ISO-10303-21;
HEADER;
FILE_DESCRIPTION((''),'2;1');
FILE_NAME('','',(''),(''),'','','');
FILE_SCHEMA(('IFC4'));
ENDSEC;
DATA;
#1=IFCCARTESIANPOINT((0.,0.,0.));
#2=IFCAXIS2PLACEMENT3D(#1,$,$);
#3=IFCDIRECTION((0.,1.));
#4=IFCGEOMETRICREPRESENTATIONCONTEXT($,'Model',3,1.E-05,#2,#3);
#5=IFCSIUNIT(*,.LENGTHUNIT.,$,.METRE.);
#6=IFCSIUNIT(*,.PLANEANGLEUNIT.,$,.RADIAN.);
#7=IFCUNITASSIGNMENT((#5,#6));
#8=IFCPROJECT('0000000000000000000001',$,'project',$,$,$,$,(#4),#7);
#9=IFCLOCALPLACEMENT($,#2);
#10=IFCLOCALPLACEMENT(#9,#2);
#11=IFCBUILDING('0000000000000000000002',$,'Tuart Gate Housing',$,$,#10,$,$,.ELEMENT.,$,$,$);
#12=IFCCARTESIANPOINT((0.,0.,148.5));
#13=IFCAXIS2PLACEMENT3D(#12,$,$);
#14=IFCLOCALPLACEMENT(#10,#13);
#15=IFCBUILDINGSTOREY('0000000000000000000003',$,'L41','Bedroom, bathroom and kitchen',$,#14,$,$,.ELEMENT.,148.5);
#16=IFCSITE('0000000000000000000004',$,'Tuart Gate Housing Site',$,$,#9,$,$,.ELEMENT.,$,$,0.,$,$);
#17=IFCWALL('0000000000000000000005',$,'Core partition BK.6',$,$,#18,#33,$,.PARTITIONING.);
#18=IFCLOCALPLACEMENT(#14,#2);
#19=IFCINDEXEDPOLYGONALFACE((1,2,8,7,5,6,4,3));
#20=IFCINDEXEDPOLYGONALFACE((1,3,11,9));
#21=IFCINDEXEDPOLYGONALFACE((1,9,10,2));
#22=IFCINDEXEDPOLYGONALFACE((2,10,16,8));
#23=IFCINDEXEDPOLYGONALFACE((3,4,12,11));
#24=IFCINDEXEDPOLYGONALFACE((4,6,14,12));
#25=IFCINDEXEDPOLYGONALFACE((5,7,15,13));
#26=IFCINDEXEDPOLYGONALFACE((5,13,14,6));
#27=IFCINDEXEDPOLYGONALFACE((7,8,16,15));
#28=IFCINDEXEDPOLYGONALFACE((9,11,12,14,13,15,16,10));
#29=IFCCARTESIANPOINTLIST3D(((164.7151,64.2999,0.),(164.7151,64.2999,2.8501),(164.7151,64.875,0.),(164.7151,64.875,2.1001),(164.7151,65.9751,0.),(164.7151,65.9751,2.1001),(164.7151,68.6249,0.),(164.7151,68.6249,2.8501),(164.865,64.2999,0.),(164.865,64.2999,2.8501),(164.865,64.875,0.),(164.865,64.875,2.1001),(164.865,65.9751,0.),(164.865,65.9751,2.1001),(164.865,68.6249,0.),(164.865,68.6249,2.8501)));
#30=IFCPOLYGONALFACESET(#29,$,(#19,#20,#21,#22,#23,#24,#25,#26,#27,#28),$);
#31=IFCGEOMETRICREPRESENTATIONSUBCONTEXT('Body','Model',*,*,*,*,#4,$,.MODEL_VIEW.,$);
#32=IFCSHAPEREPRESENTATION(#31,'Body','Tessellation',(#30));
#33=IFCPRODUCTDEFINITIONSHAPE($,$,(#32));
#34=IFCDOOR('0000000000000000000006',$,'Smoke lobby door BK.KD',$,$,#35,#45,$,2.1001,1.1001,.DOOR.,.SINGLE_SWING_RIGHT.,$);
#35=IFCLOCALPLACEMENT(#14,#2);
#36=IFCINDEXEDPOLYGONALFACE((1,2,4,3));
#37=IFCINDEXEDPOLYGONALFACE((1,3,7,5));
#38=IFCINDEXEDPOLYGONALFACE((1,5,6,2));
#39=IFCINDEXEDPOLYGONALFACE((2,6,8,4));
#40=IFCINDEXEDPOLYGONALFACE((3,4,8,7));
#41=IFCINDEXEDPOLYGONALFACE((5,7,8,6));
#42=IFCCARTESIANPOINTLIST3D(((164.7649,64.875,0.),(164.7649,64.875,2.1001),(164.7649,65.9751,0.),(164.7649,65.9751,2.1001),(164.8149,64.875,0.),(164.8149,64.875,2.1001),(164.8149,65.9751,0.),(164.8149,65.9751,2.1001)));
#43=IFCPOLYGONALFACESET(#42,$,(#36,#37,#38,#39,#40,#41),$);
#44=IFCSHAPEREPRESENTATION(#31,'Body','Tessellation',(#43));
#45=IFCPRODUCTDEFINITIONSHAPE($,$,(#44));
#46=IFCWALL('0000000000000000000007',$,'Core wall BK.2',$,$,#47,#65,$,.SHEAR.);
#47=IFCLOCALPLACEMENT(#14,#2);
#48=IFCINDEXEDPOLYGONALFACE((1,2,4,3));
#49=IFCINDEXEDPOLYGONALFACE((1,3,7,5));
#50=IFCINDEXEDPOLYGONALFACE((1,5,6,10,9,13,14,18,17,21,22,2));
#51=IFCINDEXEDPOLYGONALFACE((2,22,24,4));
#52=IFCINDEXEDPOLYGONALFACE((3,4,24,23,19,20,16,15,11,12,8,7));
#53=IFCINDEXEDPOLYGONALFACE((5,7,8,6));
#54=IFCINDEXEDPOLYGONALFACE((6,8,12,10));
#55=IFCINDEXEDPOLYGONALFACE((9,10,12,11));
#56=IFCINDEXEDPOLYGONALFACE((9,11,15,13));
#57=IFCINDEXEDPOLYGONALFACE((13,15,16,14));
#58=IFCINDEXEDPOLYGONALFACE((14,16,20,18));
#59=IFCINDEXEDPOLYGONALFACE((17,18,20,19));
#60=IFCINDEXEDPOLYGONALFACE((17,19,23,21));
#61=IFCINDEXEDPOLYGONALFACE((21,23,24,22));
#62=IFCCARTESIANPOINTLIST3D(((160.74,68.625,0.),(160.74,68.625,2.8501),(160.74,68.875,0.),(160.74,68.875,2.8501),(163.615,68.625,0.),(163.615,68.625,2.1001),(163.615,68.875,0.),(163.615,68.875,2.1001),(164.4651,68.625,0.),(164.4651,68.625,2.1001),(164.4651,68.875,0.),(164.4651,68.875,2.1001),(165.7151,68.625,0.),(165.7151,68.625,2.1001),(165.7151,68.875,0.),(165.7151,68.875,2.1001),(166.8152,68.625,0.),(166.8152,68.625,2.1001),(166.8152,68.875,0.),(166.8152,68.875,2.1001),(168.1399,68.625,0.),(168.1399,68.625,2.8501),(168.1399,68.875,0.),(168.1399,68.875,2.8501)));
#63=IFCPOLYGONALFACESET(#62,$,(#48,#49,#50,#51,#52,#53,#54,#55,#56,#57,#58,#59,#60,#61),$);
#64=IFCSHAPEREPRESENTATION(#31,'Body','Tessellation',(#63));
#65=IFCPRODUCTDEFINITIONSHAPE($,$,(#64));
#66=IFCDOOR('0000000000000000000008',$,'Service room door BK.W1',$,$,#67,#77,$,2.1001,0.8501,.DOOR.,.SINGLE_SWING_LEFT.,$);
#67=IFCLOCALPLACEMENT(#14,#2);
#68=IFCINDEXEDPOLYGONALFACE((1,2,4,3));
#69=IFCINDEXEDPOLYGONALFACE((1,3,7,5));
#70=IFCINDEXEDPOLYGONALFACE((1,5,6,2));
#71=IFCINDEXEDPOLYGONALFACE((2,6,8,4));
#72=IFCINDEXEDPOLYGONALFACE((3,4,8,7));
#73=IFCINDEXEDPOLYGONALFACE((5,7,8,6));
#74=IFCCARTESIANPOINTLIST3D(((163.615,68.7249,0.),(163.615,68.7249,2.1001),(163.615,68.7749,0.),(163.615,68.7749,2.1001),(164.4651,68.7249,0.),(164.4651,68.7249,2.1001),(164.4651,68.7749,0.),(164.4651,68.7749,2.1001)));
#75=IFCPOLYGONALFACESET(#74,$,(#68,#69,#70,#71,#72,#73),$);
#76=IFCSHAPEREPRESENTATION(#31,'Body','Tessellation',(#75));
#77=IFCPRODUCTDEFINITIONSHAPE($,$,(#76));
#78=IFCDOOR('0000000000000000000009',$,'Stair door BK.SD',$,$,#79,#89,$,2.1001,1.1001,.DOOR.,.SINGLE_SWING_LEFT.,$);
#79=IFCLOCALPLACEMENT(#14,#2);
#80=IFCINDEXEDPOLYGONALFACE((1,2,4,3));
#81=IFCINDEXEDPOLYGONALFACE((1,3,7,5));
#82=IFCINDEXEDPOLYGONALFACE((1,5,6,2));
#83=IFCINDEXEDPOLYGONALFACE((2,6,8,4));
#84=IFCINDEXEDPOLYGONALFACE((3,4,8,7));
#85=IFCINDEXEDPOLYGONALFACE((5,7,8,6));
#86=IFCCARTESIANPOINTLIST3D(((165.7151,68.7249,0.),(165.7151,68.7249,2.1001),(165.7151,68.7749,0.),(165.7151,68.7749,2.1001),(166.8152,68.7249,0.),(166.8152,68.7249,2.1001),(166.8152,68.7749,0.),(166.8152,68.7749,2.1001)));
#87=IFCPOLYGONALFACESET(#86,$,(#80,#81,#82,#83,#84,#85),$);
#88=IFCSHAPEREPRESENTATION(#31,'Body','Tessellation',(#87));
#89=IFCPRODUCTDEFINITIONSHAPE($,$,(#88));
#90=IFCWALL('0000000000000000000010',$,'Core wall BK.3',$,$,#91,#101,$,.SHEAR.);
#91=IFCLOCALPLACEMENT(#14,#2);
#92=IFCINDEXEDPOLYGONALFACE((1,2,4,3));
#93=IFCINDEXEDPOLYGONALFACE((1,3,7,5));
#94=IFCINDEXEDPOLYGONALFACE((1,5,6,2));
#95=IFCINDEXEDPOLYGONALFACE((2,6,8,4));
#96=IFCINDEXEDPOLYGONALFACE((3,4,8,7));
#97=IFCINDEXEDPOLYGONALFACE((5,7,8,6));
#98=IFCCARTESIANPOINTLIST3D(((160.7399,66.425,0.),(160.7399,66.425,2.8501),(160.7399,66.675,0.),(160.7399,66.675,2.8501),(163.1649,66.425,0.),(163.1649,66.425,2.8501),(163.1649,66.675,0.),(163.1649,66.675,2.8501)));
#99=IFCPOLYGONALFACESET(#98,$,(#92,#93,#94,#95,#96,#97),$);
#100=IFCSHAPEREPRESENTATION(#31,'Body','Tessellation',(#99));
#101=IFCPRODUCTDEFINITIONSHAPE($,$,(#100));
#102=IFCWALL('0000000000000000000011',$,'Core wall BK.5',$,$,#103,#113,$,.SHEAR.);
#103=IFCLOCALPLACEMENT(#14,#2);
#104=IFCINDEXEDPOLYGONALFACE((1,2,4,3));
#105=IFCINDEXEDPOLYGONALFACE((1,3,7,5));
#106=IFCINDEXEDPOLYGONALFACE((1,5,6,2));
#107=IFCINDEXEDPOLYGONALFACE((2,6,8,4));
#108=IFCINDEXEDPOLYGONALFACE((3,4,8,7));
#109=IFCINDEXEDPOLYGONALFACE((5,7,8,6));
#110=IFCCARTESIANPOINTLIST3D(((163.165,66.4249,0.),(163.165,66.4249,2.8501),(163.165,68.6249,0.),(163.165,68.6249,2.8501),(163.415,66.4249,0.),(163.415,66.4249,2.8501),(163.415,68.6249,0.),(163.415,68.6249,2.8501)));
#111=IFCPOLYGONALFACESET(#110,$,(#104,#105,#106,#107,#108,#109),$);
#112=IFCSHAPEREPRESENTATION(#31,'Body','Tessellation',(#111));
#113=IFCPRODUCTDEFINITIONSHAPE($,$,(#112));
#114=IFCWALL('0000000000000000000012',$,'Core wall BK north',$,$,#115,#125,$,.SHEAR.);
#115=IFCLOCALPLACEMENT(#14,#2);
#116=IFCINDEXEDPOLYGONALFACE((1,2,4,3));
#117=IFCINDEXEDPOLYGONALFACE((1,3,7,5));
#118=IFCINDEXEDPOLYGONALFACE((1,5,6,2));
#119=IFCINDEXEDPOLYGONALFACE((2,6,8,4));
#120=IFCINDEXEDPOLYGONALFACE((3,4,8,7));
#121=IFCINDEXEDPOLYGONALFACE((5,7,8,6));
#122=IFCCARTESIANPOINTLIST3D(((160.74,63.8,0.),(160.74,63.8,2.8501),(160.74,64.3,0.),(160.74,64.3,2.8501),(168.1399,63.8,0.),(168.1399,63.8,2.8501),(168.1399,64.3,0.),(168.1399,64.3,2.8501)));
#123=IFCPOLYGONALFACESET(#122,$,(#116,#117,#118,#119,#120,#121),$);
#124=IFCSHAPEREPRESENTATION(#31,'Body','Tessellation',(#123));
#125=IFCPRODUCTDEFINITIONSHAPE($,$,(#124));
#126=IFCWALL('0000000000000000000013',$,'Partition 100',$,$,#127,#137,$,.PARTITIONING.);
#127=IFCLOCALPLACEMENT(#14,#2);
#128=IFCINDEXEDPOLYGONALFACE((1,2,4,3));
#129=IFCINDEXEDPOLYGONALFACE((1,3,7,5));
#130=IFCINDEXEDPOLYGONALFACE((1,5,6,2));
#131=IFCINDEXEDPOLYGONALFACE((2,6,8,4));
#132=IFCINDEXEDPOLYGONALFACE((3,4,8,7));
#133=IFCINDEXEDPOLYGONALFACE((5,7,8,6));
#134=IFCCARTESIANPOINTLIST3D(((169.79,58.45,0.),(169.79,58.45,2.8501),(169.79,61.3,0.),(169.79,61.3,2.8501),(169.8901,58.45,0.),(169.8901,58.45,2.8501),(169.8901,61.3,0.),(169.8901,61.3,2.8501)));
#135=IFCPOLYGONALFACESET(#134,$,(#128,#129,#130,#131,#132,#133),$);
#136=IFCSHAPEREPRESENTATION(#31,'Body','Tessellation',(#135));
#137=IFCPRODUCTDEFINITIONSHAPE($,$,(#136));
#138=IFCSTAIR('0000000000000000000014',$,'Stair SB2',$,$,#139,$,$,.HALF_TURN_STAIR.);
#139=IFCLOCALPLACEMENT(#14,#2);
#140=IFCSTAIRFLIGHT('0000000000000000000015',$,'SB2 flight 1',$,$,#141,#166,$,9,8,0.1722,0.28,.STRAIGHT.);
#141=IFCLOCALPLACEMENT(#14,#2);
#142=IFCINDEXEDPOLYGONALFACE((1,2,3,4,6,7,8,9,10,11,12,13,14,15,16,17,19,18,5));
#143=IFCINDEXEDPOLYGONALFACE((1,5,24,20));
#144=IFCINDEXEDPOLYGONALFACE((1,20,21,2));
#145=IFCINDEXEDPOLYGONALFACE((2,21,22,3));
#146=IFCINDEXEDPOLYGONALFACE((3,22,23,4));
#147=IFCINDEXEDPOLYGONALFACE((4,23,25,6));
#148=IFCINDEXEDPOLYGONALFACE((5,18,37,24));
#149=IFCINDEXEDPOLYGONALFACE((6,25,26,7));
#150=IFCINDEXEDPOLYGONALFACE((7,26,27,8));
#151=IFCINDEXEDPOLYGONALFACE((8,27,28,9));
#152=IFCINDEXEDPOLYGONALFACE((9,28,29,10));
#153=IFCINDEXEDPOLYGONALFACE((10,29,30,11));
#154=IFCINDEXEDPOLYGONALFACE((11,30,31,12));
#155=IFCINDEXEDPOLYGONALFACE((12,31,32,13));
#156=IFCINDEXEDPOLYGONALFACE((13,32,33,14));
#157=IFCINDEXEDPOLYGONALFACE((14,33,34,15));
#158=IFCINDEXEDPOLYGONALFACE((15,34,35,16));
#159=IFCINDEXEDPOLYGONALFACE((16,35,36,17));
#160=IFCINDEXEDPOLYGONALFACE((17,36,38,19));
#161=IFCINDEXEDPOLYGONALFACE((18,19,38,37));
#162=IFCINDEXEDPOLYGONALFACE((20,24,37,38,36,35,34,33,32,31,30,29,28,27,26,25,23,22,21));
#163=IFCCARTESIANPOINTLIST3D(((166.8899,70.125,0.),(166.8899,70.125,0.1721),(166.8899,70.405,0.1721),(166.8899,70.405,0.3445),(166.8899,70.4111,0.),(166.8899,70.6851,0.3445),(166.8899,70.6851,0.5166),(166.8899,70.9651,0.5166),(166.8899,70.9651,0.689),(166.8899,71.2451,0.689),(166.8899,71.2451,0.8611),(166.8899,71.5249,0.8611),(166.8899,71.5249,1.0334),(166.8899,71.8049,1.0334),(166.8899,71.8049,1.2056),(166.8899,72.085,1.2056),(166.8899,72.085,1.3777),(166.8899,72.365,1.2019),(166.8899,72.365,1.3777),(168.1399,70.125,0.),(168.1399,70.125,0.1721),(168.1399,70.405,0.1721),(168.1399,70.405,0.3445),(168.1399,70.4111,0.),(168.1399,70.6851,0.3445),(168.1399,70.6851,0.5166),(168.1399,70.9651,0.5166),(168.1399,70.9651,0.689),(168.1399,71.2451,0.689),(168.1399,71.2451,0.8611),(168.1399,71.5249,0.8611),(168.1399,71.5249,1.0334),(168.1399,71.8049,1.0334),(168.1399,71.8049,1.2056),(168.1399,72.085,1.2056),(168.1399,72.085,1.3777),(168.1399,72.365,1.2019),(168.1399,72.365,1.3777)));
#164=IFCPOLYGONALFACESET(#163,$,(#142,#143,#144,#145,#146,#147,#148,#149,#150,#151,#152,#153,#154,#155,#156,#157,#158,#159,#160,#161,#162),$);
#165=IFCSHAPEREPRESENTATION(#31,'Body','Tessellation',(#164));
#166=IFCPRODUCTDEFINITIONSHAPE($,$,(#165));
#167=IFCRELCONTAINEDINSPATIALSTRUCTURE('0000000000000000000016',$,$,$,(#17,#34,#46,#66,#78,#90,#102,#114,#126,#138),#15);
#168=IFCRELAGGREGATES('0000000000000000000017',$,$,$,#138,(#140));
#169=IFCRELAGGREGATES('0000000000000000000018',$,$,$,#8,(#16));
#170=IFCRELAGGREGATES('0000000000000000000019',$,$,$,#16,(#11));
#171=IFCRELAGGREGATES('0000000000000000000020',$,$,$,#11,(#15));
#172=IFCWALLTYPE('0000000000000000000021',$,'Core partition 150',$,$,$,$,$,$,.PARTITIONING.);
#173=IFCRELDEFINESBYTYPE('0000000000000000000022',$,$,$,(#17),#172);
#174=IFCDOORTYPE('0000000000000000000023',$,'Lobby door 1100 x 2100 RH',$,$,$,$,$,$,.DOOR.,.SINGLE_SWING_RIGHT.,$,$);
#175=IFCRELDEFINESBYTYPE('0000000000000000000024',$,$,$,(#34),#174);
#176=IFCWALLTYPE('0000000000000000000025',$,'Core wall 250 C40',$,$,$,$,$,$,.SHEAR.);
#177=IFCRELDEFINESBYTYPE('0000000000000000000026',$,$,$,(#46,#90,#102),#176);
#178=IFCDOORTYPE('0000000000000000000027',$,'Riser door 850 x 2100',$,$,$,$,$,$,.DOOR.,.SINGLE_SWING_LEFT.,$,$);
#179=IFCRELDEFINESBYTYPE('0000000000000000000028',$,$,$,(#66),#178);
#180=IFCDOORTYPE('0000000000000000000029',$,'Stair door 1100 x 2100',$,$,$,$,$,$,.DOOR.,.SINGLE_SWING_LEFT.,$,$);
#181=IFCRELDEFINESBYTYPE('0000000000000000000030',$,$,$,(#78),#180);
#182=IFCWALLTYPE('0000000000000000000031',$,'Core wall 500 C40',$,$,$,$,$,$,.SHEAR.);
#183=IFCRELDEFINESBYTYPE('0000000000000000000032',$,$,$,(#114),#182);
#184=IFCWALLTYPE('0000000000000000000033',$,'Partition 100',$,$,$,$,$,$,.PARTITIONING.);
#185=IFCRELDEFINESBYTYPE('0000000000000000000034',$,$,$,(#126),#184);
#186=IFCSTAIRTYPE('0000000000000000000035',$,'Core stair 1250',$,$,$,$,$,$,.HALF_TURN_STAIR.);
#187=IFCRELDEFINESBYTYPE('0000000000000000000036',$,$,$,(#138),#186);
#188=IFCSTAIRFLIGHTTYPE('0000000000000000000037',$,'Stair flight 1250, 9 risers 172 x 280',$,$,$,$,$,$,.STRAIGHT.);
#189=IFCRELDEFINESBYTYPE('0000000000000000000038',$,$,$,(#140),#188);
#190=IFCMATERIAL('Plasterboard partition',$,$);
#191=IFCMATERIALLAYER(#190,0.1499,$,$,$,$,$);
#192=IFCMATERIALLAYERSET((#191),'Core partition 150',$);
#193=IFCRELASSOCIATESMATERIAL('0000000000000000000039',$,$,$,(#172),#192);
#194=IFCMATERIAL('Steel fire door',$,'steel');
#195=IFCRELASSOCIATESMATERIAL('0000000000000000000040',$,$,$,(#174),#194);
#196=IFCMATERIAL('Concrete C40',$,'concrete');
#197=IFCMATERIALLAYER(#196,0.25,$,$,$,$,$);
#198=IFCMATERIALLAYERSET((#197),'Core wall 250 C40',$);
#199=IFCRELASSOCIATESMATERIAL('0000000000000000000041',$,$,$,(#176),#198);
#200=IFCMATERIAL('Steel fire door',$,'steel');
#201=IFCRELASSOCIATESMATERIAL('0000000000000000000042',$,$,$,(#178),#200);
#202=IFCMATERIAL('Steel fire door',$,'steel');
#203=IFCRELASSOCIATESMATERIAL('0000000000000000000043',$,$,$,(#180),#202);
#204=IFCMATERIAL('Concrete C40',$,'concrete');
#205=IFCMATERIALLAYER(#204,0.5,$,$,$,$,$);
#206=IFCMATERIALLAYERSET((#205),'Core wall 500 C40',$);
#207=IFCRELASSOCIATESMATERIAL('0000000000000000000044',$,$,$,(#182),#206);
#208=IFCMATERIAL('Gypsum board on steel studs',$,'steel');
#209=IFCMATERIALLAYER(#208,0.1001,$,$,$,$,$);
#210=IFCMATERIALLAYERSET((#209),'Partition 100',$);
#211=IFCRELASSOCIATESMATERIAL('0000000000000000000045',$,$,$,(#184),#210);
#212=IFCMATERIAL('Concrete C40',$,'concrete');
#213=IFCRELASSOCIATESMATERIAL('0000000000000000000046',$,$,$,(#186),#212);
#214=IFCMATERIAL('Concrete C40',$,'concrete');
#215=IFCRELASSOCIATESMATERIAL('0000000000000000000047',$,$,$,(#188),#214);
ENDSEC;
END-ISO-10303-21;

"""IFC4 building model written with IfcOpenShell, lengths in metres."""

from ifc_helpers import new_model, si_unit, direction, frame, frame_2d, origin, place, context, subcontext, project, spatial, polyline, rectangle, outline, extrude, material, layer, layer_set, type_object, element, fill, aggregate, save


model = new_model("IFC4")

# Units and contexts
model_context = context("Model", 3, precision=1e-05, world=origin(), true_north=direction((0.0, 1.0)))
body_context = subcontext(model_context, "Body", "Model", "MODEL_VIEW")
ifc_project = project(units=[si_unit("LENGTHUNIT", "METRE"), si_unit("PLANEANGLEUNIT", "RADIAN")], contexts=[model_context])

# Site, building, storey
site_placement = place(None, origin())
site = spatial("IfcSite", under=ifc_project, at=site_placement, Name="Tuart Gate Housing Site", CompositionType="ELEMENT", RefElevation=0.0)
building_placement = place(site_placement, origin())
building = spatial("IfcBuilding", under=site, at=building_placement, Name="Tuart Gate Housing", CompositionType="ELEMENT")
storey_placement = place(building_placement, frame((0.0, 0.0, 148.5)))
storey = spatial("IfcBuildingStorey", under=building, at=storey_placement, Name="L41", Description="Bedroom, bathroom and kitchen", CompositionType="ELEMENT", Elevation=148.5)

# Wall, opening, door
ifc_material_1 = material(Name="Plasterboard partition")
ifc_layer_1 = layer(ifc_material_1, 0.1499)
ifc_layer_set_1 = layer_set([ifc_layer_1], Name="Core partition 150")
wall_type_1 = type_object("IfcWallType", Name="Core partition 150", PredefinedType="PARTITIONING", material=ifc_layer_set_1)
wall_1_placement = place(storey_placement, frame((164.79, 68.625, 0.0), z_axis=(0.0, 0.0, 1.0), x_axis=(0.0, -1.0, 0.0)))
wall_1 = element("IfcWall", 1, at=wall_1_placement, inside=storey, type_object=wall_type_1, Name="Core partition BK.6", PredefinedType="PARTITIONING", context=body_context, shape_type="SweptSolid", body=[
    extrude(rectangle(XDim=4.325, YDim=0.1499, at=frame_2d((2.1626, 0.0))), origin(), (0.0, 0.0, 1.0), 2.8501),
])
opening_1_placement = place(wall_1_placement, frame((2.6499, 0.0, 0.0)))
opening_1 = element("IfcOpeningElement", 2, at=opening_1_placement, cuts=wall_1, PredefinedType="OPENING", context=body_context, shape_type="SweptSolid", body=[
    extrude(rectangle(XDim=1.1001, YDim=2.1001, at=frame_2d((0.55, 1.05))), frame((0.0, 0.085, 0.0), z_axis=(0.0, -1.0, 0.0), x_axis=(1.0, 0.0, 0.0)), (0.0, 0.0, 1.0), 0.1699),
])
ifc_material_2 = material(Name="Steel fire door", Category="steel")
door_type_1 = type_object("IfcDoorType", Name="Lobby door 1100 x 2100 RH", OperationType="SINGLE_SWING_RIGHT", PredefinedType="DOOR", material=ifc_material_2)
door_1_placement = place(opening_1_placement, origin())
door_1 = element("IfcDoor", 3, at=door_1_placement, inside=storey, type_object=door_type_1, Name="Smoke lobby door BK.KD", OperationType="SINGLE_SWING_RIGHT", OverallHeight=2.1001, OverallWidth=1.1001, PredefinedType="DOOR", context=body_context, shape_type="SweptSolid", body=[
    extrude(rectangle(XDim=1.1001, YDim=2.1001, at=frame_2d((0.55, 1.05))), frame((0.0, 0.0249, 0.0), z_axis=(0.0, -1.0, 0.0), x_axis=(1.0, 0.0, 0.0)), (0.0, 0.0, 1.0), 0.05),
])
fill(opening_1, door_1)

# Wall, openings, doors
ifc_material_3 = material(Name="Concrete C40", Category="concrete")
ifc_layer_2 = layer(ifc_material_3, 0.25)
ifc_layer_set_2 = layer_set([ifc_layer_2], Name="Core wall 250 C40")
wall_type_2 = type_object("IfcWallType", Name="Core wall 250 C40", PredefinedType="SHEAR", material=ifc_layer_set_2)
wall_2_placement = place(storey_placement, frame((160.74, 68.75, 0.0), z_axis=(0.0, 0.0, 1.0), x_axis=(1.0, 0.0, 0.0)))
wall_2 = element("IfcWall", 4, at=wall_2_placement, inside=storey, type_object=wall_type_2, Name="Core wall BK.2", PredefinedType="SHEAR", context=body_context, shape_type="SweptSolid", body=[
    extrude(rectangle(XDim=7.3999, YDim=0.25, at=frame_2d((3.7, 0.0))), origin(), (0.0, 0.0, 1.0), 2.8501),
])
opening_2_placement = place(wall_2_placement, frame((4.9751, 0.0, 0.0)))
opening_2 = element("IfcOpeningElement", 5, at=opening_2_placement, cuts=wall_2, PredefinedType="OPENING", context=body_context, shape_type="SweptSolid", body=[
    extrude(rectangle(XDim=1.1001, YDim=2.1001, at=frame_2d((0.55, 1.05))), frame((0.0, 0.135, 0.0), z_axis=(0.0, -1.0, 0.0), x_axis=(1.0, 0.0, 0.0)), (0.0, 0.0, 1.0), 0.27),
])
opening_3_placement = place(wall_2_placement, frame((2.875, 0.0, 0.0)))
opening_3 = element("IfcOpeningElement", 6, at=opening_3_placement, cuts=wall_2, PredefinedType="OPENING", context=body_context, shape_type="SweptSolid", body=[
    extrude(rectangle(XDim=0.8501, YDim=2.1001, at=frame_2d((0.425, 1.05))), frame((0.0, 0.135, 0.0), z_axis=(0.0, -1.0, 0.0), x_axis=(1.0, 0.0, 0.0)), (0.0, 0.0, 1.0), 0.27),
])
ifc_material_4 = material(Name="Steel fire door", Category="steel")
door_type_2 = type_object("IfcDoorType", Name="Riser door 850 x 2100", OperationType="SINGLE_SWING_LEFT", PredefinedType="DOOR", material=ifc_material_4)
door_2_placement = place(opening_3_placement, origin())
door_2 = element("IfcDoor", 7, at=door_2_placement, inside=storey, type_object=door_type_2, Name="Service room door BK.W1", OperationType="SINGLE_SWING_LEFT", OverallHeight=2.1001, OverallWidth=0.8501, PredefinedType="DOOR", context=body_context, shape_type="SweptSolid", body=[
    extrude(rectangle(XDim=0.8501, YDim=2.1001, at=frame_2d((0.425, 1.05))), frame((0.0, 0.0249, 0.0), z_axis=(0.0, -1.0, 0.0), x_axis=(1.0, 0.0, 0.0)), (0.0, 0.0, 1.0), 0.05),
])
fill(opening_3, door_2)
ifc_material_5 = material(Name="Steel fire door", Category="steel")
door_type_3 = type_object("IfcDoorType", Name="Stair door 1100 x 2100", OperationType="SINGLE_SWING_LEFT", PredefinedType="DOOR", material=ifc_material_5)
door_3_placement = place(opening_2_placement, origin())
door_3 = element("IfcDoor", 8, at=door_3_placement, inside=storey, type_object=door_type_3, Name="Stair door BK.SD", OperationType="SINGLE_SWING_LEFT", OverallHeight=2.1001, OverallWidth=1.1001, PredefinedType="DOOR", context=body_context, shape_type="SweptSolid", body=[
    extrude(rectangle(XDim=1.1001, YDim=2.1001, at=frame_2d((0.55, 1.05))), frame((0.0, 0.0249, 0.0), z_axis=(0.0, -1.0, 0.0), x_axis=(1.0, 0.0, 0.0)), (0.0, 0.0, 1.0), 0.05),
])
fill(opening_2, door_3)

# Walls
wall_3_placement = place(storey_placement, frame((160.74, 66.55, 0.0), z_axis=(0.0, 0.0, 1.0), x_axis=(1.0, 0.0, 0.0)))
element("IfcWall", 9, at=wall_3_placement, inside=storey, type_object=wall_type_2, Name="Core wall BK.3", PredefinedType="SHEAR", context=body_context, shape_type="SweptSolid", body=[
    extrude(rectangle(XDim=2.425, YDim=0.25, at=frame_2d((1.2124, 0.0))), origin(), (0.0, 0.0, 1.0), 2.8501),
])
wall_4_placement = place(storey_placement, frame((163.29, 68.625, 0.0), z_axis=(0.0, 0.0, 1.0), x_axis=(0.0, -1.0, 0.0)))
element("IfcWall", 10, at=wall_4_placement, inside=storey, type_object=wall_type_2, Name="Core wall BK.5", PredefinedType="SHEAR", context=body_context, shape_type="SweptSolid", body=[
    extrude(rectangle(XDim=2.2, YDim=0.25, at=frame_2d((1.1001, 0.0))), origin(), (0.0, 0.0, 1.0), 2.8501),
])
ifc_material_6 = material(Name="Concrete C40", Category="concrete")
ifc_layer_3 = layer(ifc_material_6, 0.5)
ifc_layer_set_3 = layer_set([ifc_layer_3], Name="Core wall 500 C40")
wall_type_3 = type_object("IfcWallType", Name="Core wall 500 C40", PredefinedType="SHEAR", material=ifc_layer_set_3)
wall_5_placement = place(storey_placement, frame((160.74, 64.05, 0.0), z_axis=(0.0, 0.0, 1.0), x_axis=(1.0, 0.0, 0.0)))
element("IfcWall", 11, at=wall_5_placement, inside=storey, type_object=wall_type_3, Name="Core wall BK north", PredefinedType="SHEAR", context=body_context, shape_type="SweptSolid", body=[
    extrude(rectangle(XDim=7.3999, YDim=0.5, at=frame_2d((3.7, 0.0))), origin(), (0.0, 0.0, 1.0), 2.8501),
])
ifc_material_7 = material(Name="Gypsum board on steel studs", Category="steel")
ifc_layer_4 = layer(ifc_material_7, 0.1001)
ifc_layer_set_4 = layer_set([ifc_layer_4], Name="Partition 100")
wall_type_4 = type_object("IfcWallType", Name="Partition 100", PredefinedType="PARTITIONING", material=ifc_layer_set_4)
wall_6_placement = place(storey_placement, frame((169.8401, 58.45, 0.0), z_axis=(0.0, 0.0, 1.0), x_axis=(0.0, 1.0, 0.0)))
element("IfcWall", 12, at=wall_6_placement, inside=storey, type_object=wall_type_4, Name="Partition 100", PredefinedType="PARTITIONING", context=body_context, shape_type="SweptSolid", body=[
    extrude(rectangle(XDim=2.8501, YDim=0.1001, at=frame_2d((1.425, 0.0))), origin(), (0.0, 0.0, 1.0), 2.8501),
])

# Stair, stair flight
ifc_material_8 = material(Name="Concrete C40", Category="concrete")
stair_type = type_object("IfcStairType", Name="Core stair 1250", PredefinedType="HALF_TURN_STAIR", material=ifc_material_8)
stair_placement = place(storey_placement, origin())
stair = element("IfcStair", 13, at=stair_placement, inside=storey, type_object=stair_type, Name="Stair SB2", PredefinedType="HALF_TURN_STAIR")
ifc_material_9 = material(Name="Concrete C40", Category="concrete")
stair_flight_type = type_object("IfcStairFlightType", Name="Stair flight 1250, 9 risers 172 x 280", PredefinedType="STRAIGHT", material=ifc_material_9)
stair_flight_placement = place(storey_placement, frame((167.5149, 70.125, 0.0), z_axis=(0.0, 0.0, 1.0), x_axis=(0.0, 1.0, 0.0)))
stair_flight = element("IfcStairFlight", 14, at=stair_flight_placement, type_object=stair_flight_type, Name="SB2 flight 1", NumberOfRisers=9, NumberOfTreads=8, PredefinedType="STRAIGHT", RiserHeight=0.1722, TreadLength=0.28, context=body_context, shape_type="SweptSolid", body=[
    extrude(outline(polyline([(0.0, 0.0), (0.0, 0.1721), (0.28, 0.1721), (0.28, 0.3445), (0.5601, 0.3445), (0.5601, 0.5166), (0.8401, 0.5166), (0.8401, 0.689), (1.1201, 0.689), (1.1201, 0.8611), (1.3999, 0.8611), (1.3999, 1.0334), (1.6799, 1.0334), (1.6799, 1.2056), (1.96, 1.2056), (1.96, 1.3777), (2.24, 1.3777), (2.24, 1.55), (2.24, 1.2019), (0.2861, 0.0), (0.0, 0.0)])), frame((0.0, 0.625, 0.0), z_axis=(0.0, -1.0, 0.0), x_axis=(1.0, 0.0, 0.0)), (0.0, 0.0, 1.0), 1.25),
])
aggregate(stair, [stair_flight])

save(model, "model.ifc")
